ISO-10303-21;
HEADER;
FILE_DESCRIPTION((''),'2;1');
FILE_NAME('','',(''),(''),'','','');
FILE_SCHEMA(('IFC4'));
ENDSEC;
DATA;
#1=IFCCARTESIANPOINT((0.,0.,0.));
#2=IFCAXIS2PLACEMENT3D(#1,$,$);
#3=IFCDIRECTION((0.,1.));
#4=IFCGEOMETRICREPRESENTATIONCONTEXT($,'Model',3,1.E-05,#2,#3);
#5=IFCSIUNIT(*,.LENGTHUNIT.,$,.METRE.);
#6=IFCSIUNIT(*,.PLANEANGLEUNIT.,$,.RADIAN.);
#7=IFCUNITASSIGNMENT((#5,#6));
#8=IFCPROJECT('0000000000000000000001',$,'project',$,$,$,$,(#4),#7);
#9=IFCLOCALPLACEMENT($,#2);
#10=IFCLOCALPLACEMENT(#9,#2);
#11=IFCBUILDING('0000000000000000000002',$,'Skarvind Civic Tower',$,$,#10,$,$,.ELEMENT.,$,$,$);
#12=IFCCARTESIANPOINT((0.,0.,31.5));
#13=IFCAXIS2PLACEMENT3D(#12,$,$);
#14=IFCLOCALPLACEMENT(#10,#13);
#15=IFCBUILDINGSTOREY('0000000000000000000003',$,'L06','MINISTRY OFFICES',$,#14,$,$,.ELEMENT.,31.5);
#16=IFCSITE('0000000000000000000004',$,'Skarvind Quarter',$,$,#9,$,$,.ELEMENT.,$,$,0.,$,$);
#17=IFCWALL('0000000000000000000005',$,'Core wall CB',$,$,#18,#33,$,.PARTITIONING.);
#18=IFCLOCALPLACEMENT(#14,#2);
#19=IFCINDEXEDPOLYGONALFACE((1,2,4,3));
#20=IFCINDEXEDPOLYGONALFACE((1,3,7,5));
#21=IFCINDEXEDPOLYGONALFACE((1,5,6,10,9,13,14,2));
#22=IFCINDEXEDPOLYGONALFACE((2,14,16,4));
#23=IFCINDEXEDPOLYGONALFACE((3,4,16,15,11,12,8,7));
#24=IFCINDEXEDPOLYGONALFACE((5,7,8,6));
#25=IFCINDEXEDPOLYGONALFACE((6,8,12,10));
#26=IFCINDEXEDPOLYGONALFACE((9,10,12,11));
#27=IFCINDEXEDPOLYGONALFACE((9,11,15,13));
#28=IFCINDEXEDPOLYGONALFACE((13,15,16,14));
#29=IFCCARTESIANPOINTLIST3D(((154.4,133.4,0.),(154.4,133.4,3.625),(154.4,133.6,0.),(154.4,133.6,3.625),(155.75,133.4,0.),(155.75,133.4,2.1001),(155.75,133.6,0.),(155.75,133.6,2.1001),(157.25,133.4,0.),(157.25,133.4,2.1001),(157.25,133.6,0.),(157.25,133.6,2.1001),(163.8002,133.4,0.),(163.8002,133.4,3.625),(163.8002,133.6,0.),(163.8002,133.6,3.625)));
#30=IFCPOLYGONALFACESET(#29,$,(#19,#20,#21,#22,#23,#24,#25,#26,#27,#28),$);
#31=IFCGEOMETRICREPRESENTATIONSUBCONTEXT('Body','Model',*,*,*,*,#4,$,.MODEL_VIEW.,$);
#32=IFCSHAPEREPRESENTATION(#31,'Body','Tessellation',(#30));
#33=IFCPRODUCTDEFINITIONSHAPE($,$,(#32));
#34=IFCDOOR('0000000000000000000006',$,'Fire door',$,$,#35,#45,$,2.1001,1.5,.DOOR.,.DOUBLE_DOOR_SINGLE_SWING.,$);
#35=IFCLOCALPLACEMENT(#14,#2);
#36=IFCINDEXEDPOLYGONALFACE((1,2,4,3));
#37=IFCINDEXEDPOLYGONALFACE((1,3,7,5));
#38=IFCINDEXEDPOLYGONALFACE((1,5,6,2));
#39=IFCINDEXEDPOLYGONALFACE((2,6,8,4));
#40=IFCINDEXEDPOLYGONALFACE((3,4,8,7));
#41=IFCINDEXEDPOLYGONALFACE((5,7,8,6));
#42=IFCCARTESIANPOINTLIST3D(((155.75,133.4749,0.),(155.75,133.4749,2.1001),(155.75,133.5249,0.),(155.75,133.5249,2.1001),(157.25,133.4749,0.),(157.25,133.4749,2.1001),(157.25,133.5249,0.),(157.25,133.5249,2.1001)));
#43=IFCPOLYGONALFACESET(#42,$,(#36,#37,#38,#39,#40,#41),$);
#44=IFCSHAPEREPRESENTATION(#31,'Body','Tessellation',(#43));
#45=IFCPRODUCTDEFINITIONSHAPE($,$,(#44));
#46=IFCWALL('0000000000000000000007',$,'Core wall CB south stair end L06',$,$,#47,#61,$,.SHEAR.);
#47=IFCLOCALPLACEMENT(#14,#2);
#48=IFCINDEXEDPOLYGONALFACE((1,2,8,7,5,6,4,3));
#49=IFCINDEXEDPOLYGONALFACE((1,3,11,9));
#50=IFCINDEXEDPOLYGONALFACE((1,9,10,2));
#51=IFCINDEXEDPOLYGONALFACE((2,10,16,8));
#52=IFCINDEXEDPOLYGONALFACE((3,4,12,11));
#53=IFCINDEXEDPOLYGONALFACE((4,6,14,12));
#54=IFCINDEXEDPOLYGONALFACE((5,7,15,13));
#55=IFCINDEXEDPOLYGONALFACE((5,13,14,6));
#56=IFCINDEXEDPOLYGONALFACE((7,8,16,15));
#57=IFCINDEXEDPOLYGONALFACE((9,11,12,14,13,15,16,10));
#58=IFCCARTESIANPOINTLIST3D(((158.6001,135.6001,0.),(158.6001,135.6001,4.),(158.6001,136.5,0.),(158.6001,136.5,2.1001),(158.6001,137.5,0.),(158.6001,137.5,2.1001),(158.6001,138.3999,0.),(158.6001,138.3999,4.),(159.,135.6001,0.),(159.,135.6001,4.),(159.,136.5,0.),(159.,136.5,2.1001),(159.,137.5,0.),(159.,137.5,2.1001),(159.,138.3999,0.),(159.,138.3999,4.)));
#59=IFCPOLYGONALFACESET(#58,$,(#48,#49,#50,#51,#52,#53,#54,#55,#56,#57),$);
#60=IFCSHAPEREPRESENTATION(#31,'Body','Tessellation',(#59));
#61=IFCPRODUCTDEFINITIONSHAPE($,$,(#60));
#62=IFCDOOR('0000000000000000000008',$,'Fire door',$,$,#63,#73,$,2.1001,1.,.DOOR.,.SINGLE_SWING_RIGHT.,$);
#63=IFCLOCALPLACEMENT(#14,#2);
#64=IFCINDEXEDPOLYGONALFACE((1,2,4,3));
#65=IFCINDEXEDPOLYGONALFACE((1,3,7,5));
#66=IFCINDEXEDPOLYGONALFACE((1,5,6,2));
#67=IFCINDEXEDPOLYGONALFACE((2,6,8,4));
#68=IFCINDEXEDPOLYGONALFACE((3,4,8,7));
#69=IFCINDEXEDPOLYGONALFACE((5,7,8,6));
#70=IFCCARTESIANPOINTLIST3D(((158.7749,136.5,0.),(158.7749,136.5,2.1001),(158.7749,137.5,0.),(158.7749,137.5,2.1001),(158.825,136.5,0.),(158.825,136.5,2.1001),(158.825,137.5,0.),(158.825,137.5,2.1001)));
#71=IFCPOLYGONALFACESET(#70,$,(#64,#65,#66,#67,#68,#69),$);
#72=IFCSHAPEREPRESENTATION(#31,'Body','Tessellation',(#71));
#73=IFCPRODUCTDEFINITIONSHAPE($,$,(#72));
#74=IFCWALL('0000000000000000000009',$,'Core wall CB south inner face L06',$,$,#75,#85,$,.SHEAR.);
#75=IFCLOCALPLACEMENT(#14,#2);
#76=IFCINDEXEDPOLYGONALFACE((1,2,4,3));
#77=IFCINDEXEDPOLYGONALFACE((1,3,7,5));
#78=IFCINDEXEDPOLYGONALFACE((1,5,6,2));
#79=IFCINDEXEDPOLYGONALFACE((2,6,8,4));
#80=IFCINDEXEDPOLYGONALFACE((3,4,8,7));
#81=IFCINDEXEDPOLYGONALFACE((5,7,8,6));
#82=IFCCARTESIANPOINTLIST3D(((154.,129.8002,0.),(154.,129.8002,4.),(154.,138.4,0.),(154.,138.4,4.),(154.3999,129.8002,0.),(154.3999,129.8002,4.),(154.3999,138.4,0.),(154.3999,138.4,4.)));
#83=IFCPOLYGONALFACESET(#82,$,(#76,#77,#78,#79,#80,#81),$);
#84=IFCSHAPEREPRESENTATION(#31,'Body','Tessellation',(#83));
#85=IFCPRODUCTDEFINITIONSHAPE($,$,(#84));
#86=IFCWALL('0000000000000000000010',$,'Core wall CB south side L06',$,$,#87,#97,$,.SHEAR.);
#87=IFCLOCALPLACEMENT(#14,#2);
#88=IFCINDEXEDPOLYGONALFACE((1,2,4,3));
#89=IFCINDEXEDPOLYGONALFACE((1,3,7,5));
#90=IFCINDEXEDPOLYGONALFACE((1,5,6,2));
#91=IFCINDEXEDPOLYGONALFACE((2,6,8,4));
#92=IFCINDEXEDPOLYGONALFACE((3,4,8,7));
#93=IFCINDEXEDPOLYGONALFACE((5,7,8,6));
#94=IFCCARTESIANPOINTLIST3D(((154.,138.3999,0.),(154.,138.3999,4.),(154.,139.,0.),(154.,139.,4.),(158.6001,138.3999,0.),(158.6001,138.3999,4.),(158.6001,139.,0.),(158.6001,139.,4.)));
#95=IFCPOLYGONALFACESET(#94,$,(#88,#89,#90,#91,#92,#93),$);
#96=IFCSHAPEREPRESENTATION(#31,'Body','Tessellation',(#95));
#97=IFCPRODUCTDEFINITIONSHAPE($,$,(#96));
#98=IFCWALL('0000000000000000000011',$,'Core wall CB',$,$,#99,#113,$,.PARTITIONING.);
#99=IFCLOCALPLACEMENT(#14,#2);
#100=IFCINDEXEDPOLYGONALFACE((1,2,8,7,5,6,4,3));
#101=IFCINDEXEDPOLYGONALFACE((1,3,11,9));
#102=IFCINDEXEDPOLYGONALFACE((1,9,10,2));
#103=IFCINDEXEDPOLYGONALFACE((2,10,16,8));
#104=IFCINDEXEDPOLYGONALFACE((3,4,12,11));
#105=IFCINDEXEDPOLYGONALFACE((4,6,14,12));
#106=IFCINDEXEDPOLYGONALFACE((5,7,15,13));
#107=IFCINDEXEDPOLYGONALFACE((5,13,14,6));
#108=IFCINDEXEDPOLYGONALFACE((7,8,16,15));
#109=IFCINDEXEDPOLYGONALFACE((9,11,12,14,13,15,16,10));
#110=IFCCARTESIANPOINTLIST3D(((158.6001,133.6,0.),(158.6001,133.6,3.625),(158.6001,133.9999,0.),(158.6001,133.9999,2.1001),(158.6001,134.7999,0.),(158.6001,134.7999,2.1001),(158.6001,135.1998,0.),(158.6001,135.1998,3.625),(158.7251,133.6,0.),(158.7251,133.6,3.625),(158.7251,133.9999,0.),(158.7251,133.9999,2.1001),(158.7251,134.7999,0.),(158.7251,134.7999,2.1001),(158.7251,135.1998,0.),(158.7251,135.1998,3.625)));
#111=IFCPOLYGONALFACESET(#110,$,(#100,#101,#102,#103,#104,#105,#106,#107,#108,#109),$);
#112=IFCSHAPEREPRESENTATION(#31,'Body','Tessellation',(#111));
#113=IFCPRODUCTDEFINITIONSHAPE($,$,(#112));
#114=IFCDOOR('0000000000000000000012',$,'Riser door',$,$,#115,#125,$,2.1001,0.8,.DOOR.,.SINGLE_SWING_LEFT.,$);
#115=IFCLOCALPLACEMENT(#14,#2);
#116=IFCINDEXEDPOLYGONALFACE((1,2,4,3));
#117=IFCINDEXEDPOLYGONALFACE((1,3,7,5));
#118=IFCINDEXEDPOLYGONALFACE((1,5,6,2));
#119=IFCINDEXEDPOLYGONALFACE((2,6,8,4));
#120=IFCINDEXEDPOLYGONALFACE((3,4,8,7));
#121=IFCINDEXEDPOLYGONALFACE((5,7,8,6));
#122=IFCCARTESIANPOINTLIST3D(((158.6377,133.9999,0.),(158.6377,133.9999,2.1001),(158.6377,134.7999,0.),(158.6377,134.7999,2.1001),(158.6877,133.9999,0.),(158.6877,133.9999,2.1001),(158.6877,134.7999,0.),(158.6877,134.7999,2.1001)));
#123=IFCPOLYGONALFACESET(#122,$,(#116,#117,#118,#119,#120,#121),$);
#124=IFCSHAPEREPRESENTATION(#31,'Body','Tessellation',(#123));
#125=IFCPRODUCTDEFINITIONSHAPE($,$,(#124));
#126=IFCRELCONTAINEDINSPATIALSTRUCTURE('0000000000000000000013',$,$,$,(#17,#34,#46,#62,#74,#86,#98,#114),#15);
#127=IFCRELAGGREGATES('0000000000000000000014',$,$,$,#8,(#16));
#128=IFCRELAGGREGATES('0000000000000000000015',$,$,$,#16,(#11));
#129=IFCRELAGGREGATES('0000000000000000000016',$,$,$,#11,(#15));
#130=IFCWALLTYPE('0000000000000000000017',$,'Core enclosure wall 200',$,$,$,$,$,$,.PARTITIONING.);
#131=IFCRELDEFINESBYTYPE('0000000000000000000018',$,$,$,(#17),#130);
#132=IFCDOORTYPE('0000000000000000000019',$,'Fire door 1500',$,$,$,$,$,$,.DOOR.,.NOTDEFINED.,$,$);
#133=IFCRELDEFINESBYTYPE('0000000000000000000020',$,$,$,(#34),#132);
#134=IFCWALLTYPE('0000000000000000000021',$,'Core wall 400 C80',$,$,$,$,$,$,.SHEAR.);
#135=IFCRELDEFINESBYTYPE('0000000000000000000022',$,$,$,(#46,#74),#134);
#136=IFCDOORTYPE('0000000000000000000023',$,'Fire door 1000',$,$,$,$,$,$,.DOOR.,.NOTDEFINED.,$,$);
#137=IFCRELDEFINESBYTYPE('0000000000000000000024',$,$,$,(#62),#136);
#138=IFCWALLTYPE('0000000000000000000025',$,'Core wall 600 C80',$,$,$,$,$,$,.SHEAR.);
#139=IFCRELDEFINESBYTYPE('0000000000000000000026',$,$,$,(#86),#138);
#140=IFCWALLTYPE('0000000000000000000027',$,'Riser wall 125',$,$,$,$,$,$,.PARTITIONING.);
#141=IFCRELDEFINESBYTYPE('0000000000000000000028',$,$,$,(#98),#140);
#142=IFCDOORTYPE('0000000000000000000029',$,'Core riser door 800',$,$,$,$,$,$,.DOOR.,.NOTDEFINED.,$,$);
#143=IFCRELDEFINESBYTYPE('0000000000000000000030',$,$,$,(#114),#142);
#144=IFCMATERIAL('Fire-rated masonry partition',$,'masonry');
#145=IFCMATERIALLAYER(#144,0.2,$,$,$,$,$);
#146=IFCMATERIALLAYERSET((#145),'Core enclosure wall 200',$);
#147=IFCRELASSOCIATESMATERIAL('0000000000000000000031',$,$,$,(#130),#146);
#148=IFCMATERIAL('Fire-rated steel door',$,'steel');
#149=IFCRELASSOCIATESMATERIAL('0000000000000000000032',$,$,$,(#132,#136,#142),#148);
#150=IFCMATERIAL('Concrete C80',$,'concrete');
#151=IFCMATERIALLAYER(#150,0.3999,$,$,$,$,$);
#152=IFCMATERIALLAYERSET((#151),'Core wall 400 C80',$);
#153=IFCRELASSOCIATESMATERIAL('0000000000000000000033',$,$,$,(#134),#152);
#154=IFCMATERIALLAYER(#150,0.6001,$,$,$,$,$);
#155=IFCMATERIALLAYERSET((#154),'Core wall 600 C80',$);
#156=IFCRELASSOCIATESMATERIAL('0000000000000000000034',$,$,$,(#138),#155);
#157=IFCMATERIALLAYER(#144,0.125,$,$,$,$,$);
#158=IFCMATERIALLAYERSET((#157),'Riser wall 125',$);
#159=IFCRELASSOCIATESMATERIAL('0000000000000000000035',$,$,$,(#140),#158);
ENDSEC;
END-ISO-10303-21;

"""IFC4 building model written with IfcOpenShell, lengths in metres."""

from ifc_helpers import new_model, si_unit, direction, frame, frame_2d, origin, place, context, subcontext, project, spatial, rectangle, extrude, material, layer, layer_set, type_object, element, fill, save


model = new_model("IFC4")

# Units and contexts
model_context = context("Model", 3, precision=1e-05, world=origin(), true_north=direction((0.0, 1.0)))
body_context = subcontext(model_context, "Body", "Model", "MODEL_VIEW")
ifc_project = project(units=[si_unit("LENGTHUNIT", "METRE"), si_unit("PLANEANGLEUNIT", "RADIAN")], contexts=[model_context])

# Site, building, storey
site_placement = place(None, origin())
site = spatial("IfcSite", under=ifc_project, at=site_placement, Name="Skarvind Quarter", CompositionType="ELEMENT", RefElevation=0.0)
building_placement = place(site_placement, origin())
building = spatial("IfcBuilding", under=site, at=building_placement, Name="Skarvind Civic Tower", CompositionType="ELEMENT")
storey_placement = place(building_placement, frame((0.0, 0.0, 31.5)))
storey = spatial("IfcBuildingStorey", under=building, at=storey_placement, Name="L06", Description="MINISTRY OFFICES", CompositionType="ELEMENT", Elevation=31.5)

# Walls, openings, doors
ifc_material_1 = material(Name="Fire-rated masonry partition", Category="masonry")
ifc_layer_1 = layer(ifc_material_1, 0.2)
ifc_layer_set_1 = layer_set([ifc_layer_1], Name="Core enclosure wall 200")
wall_type_1 = type_object("IfcWallType", Name="Core enclosure wall 200", PredefinedType="PARTITIONING", material=ifc_layer_set_1)
ifc_material_2 = material(Name="Fire-rated steel door", Category="steel")
wall_1_placement = place(storey_placement, frame((154.3999, 133.5, 0.0), z_axis=(0.0, 0.0, 1.0), x_axis=(1.0, 0.0, 0.0)))
wall_1 = element("IfcWall", 1, at=wall_1_placement, inside=storey, type_object=wall_type_1, Name="Core wall CB", PredefinedType="PARTITIONING", context=body_context, shape_type="SweptSolid", body=[
    extrude(rectangle(XDim=9.4001, YDim=0.2, at=frame_2d((4.7002, 0.0))), origin(), (0.0, 0.0, 1.0), 3.625),
])
opening_1_placement = place(wall_1_placement, frame((1.3501, 0.0, 0.0)))
opening_1 = element("IfcOpeningElement", 2, at=opening_1_placement, cuts=wall_1, PredefinedType="OPENING", context=body_context, shape_type="SweptSolid", body=[
    extrude(rectangle(XDim=1.5, YDim=2.1001, at=frame_2d((0.75, 1.05))), frame((0.0, 0.1099, 0.0), z_axis=(0.0, -1.0, 0.0), x_axis=(1.0, 0.0, 0.0)), (0.0, 0.0, 1.0), 0.22),
])
door_type_1 = type_object("IfcDoorType", Name="Fire door 1500", OperationType="NOTDEFINED", PredefinedType="DOOR", material=ifc_material_2)
door_1_placement = place(opening_1_placement, origin())
door_1 = element("IfcDoor", 3, at=door_1_placement, inside=storey, type_object=door_type_1, Name="Fire door", OperationType="DOUBLE_DOOR_SINGLE_SWING", OverallHeight=2.1001, OverallWidth=1.5, PredefinedType="DOOR", context=body_context, shape_type="SweptSolid", body=[
    extrude(rectangle(XDim=1.5, YDim=2.1001, at=frame_2d((0.75, 1.05))), frame((0.0, 0.0249, 0.0), z_axis=(0.0, -1.0, 0.0), x_axis=(1.0, 0.0, 0.0)), (0.0, 0.0, 1.0), 0.05),
])
fill(opening_1, door_1)
ifc_material_3 = material(Name="Concrete C80", Category="concrete")
ifc_layer_2 = layer(ifc_material_3, 0.3999)
ifc_layer_set_2 = layer_set([ifc_layer_2], Name="Core wall 400 C80")
wall_type_2 = type_object("IfcWallType", Name="Core wall 400 C80", PredefinedType="SHEAR", material=ifc_layer_set_2)
wall_2_placement = place(storey_placement, frame((158.8, 138.3999, 0.0), z_axis=(0.0, 0.0, 1.0), x_axis=(0.0, -1.0, 0.0)))
wall_2 = element("IfcWall", 4, at=wall_2_placement, inside=storey, type_object=wall_type_2, Name="Core wall CB south stair end L06", PredefinedType="SHEAR", context=body_context, shape_type="SweptSolid", body=[
    extrude(rectangle(XDim=2.7998, YDim=0.3999, at=frame_2d((1.3999, 0.0))), origin(), (0.0, 0.0, 1.0), 4.0),
])
opening_2_placement = place(wall_2_placement, frame((0.8999, 0.0, 0.0)))
opening_2 = element("IfcOpeningElement", 5, at=opening_2_placement, cuts=wall_2, PredefinedType="OPENING", context=body_context, shape_type="SweptSolid", body=[
    extrude(rectangle(XDim=1.0, YDim=2.1001, at=frame_2d((0.5, 1.05))), frame((0.0, 0.21, 0.0), z_axis=(0.0, -1.0, 0.0), x_axis=(1.0, 0.0, 0.0)), (0.0, 0.0, 1.0), 0.4199),
])
door_type_2 = type_object("IfcDoorType", Name="Fire door 1000", OperationType="NOTDEFINED", PredefinedType="DOOR", material=ifc_material_2)
door_2_placement = place(opening_2_placement, origin())
door_2 = element("IfcDoor", 6, at=door_2_placement, inside=storey, type_object=door_type_2, Name="Fire door", OperationType="SINGLE_SWING_RIGHT", OverallHeight=2.1001, OverallWidth=1.0, PredefinedType="DOOR", context=body_context, shape_type="SweptSolid", body=[
    extrude(rectangle(XDim=1.0, YDim=2.1001, at=frame_2d((0.5, 1.05))), frame((0.0, 0.0249, 0.0), z_axis=(0.0, -1.0, 0.0), x_axis=(1.0, 0.0, 0.0)), (0.0, 0.0, 1.0), 0.05),
])
fill(opening_2, door_2)

# Walls
wall_3_placement = place(storey_placement, frame((154.2, 138.3999, 0.0), z_axis=(0.0, 0.0, 1.0), x_axis=(0.0, -1.0, 0.0)))
element("IfcWall", 7, at=wall_3_placement, inside=storey, type_object=wall_type_2, Name="Core wall CB south inner face L06", PredefinedType="SHEAR", context=body_context, shape_type="SweptSolid", body=[
    extrude(rectangle(XDim=8.5999, YDim=0.3999, at=frame_2d((4.2998, 0.0))), origin(), (0.0, 0.0, 1.0), 4.0),
])
ifc_layer_3 = layer(ifc_material_3, 0.6001)
ifc_layer_set_3 = layer_set([ifc_layer_3], Name="Core wall 600 C80")
wall_type_3 = type_object("IfcWallType", Name="Core wall 600 C80", PredefinedType="SHEAR", material=ifc_layer_set_3)
wall_4_placement = place(storey_placement, frame((158.6001, 138.7, 0.0), z_axis=(0.0, 0.0, 1.0), x_axis=(-1.0, 0.0, 0.0)))
element("IfcWall", 8, at=wall_4_placement, inside=storey, type_object=wall_type_3, Name="Core wall CB south side L06", PredefinedType="SHEAR", context=body_context, shape_type="SweptSolid", body=[
    extrude(rectangle(XDim=4.6001, YDim=0.6001, at=frame_2d((2.3, 0.0))), origin(), (0.0, 0.0, 1.0), 4.0),
])

# Wall, opening, door
ifc_layer_4 = layer(ifc_material_1, 0.125)
ifc_layer_set_4 = layer_set([ifc_layer_4], Name="Riser wall 125")
wall_type_4 = type_object("IfcWallType", Name="Riser wall 125", PredefinedType="PARTITIONING", material=ifc_layer_set_4)
wall_5_placement = place(storey_placement, frame((158.6626, 133.6001, 0.0), z_axis=(0.0, 0.0, 1.0), x_axis=(0.0, 1.0, 0.0)))
wall_5 = element("IfcWall", 9, at=wall_5_placement, inside=storey, type_object=wall_type_4, Name="Core wall CB", PredefinedType="PARTITIONING", context=body_context, shape_type="SweptSolid", body=[
    extrude(rectangle(XDim=1.5999, YDim=0.125, at=frame_2d((0.7998, 0.0))), origin(), (0.0, 0.0, 1.0), 3.625),
])
opening_3_placement = place(wall_5_placement, frame((0.3999, 0.0, 0.0)))
opening_3 = element("IfcOpeningElement", 10, at=opening_3_placement, cuts=wall_5, PredefinedType="OPENING", context=body_context, shape_type="SweptSolid", body=[
    extrude(rectangle(XDim=0.8, YDim=2.1001, at=frame_2d((0.3999, 1.05))), frame((0.0, 0.0725, 0.0), z_axis=(0.0, -1.0, 0.0), x_axis=(1.0, 0.0, 0.0)), (0.0, 0.0, 1.0), 0.145),
])
door_type_3 = type_object("IfcDoorType", Name="Core riser door 800", OperationType="NOTDEFINED", PredefinedType="DOOR", material=ifc_material_2)
door_3_placement = place(opening_3_placement, origin())
door_3 = element("IfcDoor", 11, at=door_3_placement, inside=storey, type_object=door_type_3, Name="Riser door", OperationType="SINGLE_SWING_LEFT", OverallHeight=2.1001, OverallWidth=0.8, PredefinedType="DOOR", context=body_context, shape_type="SweptSolid", body=[
    extrude(rectangle(XDim=0.8, YDim=2.1001, at=frame_2d((0.3999, 1.05))), frame((0.0, 0.0249, 0.0), z_axis=(0.0, -1.0, 0.0), x_axis=(1.0, 0.0, 0.0)), (0.0, 0.0, 1.0), 0.05),
])
fill(opening_3, door_3)

save(model, "model.ifc")
